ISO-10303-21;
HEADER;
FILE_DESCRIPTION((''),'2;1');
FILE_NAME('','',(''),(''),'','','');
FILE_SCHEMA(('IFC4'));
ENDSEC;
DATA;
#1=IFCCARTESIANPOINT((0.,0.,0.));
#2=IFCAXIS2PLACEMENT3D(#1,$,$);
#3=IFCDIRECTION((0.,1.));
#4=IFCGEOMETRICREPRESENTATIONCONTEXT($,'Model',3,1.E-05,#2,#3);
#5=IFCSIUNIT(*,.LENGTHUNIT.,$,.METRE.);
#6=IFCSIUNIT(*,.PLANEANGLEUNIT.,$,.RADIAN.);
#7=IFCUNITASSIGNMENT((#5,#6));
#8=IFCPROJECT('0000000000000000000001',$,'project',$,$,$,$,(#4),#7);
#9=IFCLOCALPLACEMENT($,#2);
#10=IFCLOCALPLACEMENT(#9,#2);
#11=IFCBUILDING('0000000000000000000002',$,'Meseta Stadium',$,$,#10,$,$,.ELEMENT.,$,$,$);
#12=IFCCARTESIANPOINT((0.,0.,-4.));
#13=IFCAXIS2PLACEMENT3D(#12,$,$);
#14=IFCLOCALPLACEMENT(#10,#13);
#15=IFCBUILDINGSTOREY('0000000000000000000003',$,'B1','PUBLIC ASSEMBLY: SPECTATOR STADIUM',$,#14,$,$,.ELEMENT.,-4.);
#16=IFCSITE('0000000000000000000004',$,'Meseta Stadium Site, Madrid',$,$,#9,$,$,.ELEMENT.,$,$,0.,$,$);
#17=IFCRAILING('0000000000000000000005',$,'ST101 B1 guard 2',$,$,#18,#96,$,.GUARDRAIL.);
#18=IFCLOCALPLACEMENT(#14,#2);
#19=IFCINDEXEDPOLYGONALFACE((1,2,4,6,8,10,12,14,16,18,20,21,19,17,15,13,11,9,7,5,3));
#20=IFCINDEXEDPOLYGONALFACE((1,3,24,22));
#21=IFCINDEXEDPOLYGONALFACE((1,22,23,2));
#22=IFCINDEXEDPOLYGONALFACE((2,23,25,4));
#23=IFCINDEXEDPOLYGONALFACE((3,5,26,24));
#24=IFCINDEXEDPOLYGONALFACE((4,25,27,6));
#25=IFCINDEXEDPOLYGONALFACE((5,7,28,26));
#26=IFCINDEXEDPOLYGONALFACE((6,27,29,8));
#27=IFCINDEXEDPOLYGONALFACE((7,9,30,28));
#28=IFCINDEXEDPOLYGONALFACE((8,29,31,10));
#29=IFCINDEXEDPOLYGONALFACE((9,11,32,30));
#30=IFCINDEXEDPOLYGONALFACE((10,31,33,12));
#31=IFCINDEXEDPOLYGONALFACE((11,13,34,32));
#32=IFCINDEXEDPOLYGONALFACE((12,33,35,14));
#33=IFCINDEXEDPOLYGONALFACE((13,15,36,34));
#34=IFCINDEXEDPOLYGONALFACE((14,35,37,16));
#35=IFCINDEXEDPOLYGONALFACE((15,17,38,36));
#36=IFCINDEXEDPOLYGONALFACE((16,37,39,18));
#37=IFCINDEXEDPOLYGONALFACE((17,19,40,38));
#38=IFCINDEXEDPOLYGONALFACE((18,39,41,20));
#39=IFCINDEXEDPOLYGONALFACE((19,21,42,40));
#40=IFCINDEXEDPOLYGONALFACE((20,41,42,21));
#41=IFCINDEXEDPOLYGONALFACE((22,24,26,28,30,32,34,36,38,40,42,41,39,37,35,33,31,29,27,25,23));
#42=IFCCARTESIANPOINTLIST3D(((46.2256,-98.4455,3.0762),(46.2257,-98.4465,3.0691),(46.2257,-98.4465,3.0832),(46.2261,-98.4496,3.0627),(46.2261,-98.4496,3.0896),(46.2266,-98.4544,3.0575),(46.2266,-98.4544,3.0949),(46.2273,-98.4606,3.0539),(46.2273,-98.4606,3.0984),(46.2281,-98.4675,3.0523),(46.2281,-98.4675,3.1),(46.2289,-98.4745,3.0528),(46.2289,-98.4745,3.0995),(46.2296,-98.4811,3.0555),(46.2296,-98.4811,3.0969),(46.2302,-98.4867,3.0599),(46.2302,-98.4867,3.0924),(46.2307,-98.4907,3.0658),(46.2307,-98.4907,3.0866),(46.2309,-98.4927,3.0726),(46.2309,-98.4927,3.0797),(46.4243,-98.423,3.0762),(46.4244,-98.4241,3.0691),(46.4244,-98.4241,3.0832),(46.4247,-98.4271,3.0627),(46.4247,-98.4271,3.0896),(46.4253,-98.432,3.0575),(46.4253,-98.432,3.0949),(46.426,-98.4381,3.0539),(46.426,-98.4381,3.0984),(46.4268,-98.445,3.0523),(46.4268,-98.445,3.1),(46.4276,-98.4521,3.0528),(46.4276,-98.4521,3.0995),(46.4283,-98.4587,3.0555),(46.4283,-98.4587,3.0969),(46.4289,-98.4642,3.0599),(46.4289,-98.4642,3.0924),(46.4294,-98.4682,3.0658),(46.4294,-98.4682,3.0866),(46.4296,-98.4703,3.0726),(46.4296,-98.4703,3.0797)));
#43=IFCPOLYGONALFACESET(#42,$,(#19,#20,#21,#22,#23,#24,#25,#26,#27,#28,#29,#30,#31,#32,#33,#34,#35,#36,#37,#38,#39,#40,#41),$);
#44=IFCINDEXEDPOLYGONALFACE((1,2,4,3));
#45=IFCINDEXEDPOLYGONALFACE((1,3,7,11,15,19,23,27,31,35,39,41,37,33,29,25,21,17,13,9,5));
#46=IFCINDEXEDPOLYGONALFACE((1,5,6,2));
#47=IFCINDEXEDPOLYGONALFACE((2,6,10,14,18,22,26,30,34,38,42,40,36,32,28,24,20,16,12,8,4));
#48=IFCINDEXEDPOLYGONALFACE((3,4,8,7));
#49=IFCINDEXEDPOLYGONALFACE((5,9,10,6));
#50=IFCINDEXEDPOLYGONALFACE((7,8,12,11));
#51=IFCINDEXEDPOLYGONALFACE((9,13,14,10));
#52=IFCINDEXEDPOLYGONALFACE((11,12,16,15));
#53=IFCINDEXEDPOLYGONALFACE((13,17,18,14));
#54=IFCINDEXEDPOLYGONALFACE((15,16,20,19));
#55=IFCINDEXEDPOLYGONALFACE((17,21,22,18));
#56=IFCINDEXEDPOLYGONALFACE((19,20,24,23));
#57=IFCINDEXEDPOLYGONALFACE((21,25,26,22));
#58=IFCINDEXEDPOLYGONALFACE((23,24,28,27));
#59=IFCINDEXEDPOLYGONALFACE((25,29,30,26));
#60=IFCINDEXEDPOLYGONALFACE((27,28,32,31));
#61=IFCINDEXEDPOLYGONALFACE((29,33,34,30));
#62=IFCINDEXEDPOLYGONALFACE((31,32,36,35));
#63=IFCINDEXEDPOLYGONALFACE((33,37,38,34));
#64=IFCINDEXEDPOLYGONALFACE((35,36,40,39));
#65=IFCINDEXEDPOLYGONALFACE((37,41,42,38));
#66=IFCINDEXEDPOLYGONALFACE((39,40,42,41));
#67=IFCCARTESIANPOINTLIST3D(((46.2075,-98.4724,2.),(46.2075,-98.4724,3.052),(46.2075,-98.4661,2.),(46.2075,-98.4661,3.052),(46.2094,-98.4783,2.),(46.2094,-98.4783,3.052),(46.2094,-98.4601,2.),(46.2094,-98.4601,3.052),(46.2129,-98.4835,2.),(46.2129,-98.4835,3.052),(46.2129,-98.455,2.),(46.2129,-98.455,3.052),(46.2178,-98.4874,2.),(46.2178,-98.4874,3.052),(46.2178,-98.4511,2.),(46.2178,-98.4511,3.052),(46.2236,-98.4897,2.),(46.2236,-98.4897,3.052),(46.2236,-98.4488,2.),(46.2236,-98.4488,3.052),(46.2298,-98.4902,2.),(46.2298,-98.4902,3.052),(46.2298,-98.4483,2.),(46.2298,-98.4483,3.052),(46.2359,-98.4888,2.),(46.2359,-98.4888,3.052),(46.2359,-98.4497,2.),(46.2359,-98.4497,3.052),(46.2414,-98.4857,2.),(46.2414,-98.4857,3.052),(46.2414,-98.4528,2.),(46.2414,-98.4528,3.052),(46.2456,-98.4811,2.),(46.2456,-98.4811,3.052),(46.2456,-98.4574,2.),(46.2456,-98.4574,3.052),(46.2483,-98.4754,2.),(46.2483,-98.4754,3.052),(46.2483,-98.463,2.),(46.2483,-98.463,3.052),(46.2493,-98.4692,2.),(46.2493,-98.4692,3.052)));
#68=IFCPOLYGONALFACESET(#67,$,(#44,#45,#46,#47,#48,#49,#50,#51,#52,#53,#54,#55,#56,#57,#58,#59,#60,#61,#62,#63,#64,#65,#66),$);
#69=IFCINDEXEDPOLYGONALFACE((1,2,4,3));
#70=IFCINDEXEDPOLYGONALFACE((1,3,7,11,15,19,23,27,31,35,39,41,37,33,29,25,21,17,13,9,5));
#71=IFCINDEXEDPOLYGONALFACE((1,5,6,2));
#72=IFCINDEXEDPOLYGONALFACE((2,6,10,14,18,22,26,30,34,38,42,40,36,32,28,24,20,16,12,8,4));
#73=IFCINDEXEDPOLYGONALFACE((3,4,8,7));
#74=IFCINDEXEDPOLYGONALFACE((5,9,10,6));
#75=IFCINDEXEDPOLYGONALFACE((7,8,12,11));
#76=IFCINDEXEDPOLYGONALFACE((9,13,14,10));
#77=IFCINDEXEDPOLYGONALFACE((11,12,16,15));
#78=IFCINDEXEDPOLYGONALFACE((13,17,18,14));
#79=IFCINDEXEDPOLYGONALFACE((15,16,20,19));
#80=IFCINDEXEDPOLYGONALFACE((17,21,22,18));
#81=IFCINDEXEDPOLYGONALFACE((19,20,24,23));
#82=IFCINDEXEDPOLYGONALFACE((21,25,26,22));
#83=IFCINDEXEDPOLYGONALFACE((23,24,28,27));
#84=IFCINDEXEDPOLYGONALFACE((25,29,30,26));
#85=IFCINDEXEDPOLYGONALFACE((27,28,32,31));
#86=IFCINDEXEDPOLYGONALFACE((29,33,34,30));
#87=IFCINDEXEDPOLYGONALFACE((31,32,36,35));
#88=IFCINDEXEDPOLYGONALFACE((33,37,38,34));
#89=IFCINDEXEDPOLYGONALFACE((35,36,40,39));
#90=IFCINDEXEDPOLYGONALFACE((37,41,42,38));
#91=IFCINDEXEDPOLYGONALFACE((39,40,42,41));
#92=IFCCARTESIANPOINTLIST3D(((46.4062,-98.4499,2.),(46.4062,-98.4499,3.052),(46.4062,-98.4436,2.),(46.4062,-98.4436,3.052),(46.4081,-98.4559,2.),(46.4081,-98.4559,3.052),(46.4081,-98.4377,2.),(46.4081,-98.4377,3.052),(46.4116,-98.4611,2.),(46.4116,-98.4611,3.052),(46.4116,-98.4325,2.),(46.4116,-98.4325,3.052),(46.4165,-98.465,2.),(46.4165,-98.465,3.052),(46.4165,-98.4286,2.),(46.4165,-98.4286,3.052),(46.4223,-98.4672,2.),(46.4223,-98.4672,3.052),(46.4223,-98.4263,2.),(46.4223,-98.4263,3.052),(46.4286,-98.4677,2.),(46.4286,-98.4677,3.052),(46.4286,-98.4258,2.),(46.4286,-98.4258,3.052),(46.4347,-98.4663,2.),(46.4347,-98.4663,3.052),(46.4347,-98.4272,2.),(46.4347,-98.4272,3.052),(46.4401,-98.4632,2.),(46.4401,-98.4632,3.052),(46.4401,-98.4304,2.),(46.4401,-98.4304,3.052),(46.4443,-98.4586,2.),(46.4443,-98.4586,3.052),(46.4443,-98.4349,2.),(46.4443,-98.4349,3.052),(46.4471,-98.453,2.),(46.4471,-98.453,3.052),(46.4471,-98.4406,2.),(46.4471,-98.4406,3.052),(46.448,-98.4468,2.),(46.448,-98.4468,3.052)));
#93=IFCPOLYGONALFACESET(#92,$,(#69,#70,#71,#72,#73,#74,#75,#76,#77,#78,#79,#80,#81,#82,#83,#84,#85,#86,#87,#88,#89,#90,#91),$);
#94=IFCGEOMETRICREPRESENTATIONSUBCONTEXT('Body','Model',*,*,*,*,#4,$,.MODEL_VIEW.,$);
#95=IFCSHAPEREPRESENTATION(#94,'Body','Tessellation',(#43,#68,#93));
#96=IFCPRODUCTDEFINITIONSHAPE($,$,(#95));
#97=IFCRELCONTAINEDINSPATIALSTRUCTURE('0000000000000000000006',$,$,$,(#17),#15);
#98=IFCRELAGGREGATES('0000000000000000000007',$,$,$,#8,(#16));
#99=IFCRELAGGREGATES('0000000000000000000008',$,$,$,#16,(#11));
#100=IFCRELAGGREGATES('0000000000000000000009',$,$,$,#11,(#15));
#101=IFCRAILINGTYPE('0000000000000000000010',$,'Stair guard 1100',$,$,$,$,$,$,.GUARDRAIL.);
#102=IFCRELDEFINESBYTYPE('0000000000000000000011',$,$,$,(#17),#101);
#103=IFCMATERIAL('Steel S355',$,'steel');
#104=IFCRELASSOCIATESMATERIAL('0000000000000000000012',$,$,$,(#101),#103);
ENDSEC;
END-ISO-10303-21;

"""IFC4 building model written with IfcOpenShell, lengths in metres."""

from ifc_helpers import new_model, si_unit, direction, frame, origin, origin_2d, place, context, subcontext, project, spatial, circle, extrude, material, type_object, element, save


model = new_model("IFC4")

# Units and contexts
model_context = context("Model", 3, precision=1e-05, world=origin(), true_north=direction((0.0, 1.0)))
body_context = subcontext(model_context, "Body", "Model", "MODEL_VIEW")
ifc_project = project(units=[si_unit("LENGTHUNIT", "METRE"), si_unit("PLANEANGLEUNIT", "RADIAN")], contexts=[model_context])

# Site, building, storey
site_placement = place(None, origin())
site = spatial("IfcSite", under=ifc_project, at=site_placement, Name="Meseta Stadium Site, Madrid", CompositionType="ELEMENT", RefElevation=0.0)
building_placement = place(site_placement, origin())
building = spatial("IfcBuilding", under=site, at=building_placement, Name="Meseta Stadium", CompositionType="ELEMENT")
storey_placement = place(building_placement, frame((0.0, 0.0, -4.0)))
storey = spatial("IfcBuildingStorey", under=building, at=storey_placement, Name="B1", Description="PUBLIC ASSEMBLY: SPECTATOR STADIUM", CompositionType="ELEMENT", Elevation=-4.0)

# Railing
ifc_material_1 = material(Name="Steel S355", Category="steel")
railing_type_1 = type_object("IfcRailingType", Name="Stair guard 1100", PredefinedType="GUARDRAIL", material=ifc_material_1)
railing_1_placement = place(storey_placement, frame((46.2283, -98.4692, 2.0)))
element("IfcRailing", 1, at=railing_1_placement, inside=storey, type_object=railing_type_1, Name="ST101 B1 guard 2", PredefinedType="GUARDRAIL", context=body_context, shape_type="SweptSolid", body=[
    extrude(circle(Radius=0.0239, at=origin_2d()), frame((0.0, 0.0, 1.0762), z_axis=(0.993674, 0.112307, 0.0), x_axis=(-0.112307, 0.993674, 0.0)), (0.0, 0.0, 1.0), 0.2),
    extrude(circle(Radius=0.021, at=origin_2d()), origin(), (0.0, 0.0, 1.0), 1.052),
    extrude(circle(Radius=0.021, at=origin_2d()), frame((0.1987, 0.0225, 0.0)), (0.0, 0.0, 1.0), 1.052),
])

save(model, "model.ifc")
